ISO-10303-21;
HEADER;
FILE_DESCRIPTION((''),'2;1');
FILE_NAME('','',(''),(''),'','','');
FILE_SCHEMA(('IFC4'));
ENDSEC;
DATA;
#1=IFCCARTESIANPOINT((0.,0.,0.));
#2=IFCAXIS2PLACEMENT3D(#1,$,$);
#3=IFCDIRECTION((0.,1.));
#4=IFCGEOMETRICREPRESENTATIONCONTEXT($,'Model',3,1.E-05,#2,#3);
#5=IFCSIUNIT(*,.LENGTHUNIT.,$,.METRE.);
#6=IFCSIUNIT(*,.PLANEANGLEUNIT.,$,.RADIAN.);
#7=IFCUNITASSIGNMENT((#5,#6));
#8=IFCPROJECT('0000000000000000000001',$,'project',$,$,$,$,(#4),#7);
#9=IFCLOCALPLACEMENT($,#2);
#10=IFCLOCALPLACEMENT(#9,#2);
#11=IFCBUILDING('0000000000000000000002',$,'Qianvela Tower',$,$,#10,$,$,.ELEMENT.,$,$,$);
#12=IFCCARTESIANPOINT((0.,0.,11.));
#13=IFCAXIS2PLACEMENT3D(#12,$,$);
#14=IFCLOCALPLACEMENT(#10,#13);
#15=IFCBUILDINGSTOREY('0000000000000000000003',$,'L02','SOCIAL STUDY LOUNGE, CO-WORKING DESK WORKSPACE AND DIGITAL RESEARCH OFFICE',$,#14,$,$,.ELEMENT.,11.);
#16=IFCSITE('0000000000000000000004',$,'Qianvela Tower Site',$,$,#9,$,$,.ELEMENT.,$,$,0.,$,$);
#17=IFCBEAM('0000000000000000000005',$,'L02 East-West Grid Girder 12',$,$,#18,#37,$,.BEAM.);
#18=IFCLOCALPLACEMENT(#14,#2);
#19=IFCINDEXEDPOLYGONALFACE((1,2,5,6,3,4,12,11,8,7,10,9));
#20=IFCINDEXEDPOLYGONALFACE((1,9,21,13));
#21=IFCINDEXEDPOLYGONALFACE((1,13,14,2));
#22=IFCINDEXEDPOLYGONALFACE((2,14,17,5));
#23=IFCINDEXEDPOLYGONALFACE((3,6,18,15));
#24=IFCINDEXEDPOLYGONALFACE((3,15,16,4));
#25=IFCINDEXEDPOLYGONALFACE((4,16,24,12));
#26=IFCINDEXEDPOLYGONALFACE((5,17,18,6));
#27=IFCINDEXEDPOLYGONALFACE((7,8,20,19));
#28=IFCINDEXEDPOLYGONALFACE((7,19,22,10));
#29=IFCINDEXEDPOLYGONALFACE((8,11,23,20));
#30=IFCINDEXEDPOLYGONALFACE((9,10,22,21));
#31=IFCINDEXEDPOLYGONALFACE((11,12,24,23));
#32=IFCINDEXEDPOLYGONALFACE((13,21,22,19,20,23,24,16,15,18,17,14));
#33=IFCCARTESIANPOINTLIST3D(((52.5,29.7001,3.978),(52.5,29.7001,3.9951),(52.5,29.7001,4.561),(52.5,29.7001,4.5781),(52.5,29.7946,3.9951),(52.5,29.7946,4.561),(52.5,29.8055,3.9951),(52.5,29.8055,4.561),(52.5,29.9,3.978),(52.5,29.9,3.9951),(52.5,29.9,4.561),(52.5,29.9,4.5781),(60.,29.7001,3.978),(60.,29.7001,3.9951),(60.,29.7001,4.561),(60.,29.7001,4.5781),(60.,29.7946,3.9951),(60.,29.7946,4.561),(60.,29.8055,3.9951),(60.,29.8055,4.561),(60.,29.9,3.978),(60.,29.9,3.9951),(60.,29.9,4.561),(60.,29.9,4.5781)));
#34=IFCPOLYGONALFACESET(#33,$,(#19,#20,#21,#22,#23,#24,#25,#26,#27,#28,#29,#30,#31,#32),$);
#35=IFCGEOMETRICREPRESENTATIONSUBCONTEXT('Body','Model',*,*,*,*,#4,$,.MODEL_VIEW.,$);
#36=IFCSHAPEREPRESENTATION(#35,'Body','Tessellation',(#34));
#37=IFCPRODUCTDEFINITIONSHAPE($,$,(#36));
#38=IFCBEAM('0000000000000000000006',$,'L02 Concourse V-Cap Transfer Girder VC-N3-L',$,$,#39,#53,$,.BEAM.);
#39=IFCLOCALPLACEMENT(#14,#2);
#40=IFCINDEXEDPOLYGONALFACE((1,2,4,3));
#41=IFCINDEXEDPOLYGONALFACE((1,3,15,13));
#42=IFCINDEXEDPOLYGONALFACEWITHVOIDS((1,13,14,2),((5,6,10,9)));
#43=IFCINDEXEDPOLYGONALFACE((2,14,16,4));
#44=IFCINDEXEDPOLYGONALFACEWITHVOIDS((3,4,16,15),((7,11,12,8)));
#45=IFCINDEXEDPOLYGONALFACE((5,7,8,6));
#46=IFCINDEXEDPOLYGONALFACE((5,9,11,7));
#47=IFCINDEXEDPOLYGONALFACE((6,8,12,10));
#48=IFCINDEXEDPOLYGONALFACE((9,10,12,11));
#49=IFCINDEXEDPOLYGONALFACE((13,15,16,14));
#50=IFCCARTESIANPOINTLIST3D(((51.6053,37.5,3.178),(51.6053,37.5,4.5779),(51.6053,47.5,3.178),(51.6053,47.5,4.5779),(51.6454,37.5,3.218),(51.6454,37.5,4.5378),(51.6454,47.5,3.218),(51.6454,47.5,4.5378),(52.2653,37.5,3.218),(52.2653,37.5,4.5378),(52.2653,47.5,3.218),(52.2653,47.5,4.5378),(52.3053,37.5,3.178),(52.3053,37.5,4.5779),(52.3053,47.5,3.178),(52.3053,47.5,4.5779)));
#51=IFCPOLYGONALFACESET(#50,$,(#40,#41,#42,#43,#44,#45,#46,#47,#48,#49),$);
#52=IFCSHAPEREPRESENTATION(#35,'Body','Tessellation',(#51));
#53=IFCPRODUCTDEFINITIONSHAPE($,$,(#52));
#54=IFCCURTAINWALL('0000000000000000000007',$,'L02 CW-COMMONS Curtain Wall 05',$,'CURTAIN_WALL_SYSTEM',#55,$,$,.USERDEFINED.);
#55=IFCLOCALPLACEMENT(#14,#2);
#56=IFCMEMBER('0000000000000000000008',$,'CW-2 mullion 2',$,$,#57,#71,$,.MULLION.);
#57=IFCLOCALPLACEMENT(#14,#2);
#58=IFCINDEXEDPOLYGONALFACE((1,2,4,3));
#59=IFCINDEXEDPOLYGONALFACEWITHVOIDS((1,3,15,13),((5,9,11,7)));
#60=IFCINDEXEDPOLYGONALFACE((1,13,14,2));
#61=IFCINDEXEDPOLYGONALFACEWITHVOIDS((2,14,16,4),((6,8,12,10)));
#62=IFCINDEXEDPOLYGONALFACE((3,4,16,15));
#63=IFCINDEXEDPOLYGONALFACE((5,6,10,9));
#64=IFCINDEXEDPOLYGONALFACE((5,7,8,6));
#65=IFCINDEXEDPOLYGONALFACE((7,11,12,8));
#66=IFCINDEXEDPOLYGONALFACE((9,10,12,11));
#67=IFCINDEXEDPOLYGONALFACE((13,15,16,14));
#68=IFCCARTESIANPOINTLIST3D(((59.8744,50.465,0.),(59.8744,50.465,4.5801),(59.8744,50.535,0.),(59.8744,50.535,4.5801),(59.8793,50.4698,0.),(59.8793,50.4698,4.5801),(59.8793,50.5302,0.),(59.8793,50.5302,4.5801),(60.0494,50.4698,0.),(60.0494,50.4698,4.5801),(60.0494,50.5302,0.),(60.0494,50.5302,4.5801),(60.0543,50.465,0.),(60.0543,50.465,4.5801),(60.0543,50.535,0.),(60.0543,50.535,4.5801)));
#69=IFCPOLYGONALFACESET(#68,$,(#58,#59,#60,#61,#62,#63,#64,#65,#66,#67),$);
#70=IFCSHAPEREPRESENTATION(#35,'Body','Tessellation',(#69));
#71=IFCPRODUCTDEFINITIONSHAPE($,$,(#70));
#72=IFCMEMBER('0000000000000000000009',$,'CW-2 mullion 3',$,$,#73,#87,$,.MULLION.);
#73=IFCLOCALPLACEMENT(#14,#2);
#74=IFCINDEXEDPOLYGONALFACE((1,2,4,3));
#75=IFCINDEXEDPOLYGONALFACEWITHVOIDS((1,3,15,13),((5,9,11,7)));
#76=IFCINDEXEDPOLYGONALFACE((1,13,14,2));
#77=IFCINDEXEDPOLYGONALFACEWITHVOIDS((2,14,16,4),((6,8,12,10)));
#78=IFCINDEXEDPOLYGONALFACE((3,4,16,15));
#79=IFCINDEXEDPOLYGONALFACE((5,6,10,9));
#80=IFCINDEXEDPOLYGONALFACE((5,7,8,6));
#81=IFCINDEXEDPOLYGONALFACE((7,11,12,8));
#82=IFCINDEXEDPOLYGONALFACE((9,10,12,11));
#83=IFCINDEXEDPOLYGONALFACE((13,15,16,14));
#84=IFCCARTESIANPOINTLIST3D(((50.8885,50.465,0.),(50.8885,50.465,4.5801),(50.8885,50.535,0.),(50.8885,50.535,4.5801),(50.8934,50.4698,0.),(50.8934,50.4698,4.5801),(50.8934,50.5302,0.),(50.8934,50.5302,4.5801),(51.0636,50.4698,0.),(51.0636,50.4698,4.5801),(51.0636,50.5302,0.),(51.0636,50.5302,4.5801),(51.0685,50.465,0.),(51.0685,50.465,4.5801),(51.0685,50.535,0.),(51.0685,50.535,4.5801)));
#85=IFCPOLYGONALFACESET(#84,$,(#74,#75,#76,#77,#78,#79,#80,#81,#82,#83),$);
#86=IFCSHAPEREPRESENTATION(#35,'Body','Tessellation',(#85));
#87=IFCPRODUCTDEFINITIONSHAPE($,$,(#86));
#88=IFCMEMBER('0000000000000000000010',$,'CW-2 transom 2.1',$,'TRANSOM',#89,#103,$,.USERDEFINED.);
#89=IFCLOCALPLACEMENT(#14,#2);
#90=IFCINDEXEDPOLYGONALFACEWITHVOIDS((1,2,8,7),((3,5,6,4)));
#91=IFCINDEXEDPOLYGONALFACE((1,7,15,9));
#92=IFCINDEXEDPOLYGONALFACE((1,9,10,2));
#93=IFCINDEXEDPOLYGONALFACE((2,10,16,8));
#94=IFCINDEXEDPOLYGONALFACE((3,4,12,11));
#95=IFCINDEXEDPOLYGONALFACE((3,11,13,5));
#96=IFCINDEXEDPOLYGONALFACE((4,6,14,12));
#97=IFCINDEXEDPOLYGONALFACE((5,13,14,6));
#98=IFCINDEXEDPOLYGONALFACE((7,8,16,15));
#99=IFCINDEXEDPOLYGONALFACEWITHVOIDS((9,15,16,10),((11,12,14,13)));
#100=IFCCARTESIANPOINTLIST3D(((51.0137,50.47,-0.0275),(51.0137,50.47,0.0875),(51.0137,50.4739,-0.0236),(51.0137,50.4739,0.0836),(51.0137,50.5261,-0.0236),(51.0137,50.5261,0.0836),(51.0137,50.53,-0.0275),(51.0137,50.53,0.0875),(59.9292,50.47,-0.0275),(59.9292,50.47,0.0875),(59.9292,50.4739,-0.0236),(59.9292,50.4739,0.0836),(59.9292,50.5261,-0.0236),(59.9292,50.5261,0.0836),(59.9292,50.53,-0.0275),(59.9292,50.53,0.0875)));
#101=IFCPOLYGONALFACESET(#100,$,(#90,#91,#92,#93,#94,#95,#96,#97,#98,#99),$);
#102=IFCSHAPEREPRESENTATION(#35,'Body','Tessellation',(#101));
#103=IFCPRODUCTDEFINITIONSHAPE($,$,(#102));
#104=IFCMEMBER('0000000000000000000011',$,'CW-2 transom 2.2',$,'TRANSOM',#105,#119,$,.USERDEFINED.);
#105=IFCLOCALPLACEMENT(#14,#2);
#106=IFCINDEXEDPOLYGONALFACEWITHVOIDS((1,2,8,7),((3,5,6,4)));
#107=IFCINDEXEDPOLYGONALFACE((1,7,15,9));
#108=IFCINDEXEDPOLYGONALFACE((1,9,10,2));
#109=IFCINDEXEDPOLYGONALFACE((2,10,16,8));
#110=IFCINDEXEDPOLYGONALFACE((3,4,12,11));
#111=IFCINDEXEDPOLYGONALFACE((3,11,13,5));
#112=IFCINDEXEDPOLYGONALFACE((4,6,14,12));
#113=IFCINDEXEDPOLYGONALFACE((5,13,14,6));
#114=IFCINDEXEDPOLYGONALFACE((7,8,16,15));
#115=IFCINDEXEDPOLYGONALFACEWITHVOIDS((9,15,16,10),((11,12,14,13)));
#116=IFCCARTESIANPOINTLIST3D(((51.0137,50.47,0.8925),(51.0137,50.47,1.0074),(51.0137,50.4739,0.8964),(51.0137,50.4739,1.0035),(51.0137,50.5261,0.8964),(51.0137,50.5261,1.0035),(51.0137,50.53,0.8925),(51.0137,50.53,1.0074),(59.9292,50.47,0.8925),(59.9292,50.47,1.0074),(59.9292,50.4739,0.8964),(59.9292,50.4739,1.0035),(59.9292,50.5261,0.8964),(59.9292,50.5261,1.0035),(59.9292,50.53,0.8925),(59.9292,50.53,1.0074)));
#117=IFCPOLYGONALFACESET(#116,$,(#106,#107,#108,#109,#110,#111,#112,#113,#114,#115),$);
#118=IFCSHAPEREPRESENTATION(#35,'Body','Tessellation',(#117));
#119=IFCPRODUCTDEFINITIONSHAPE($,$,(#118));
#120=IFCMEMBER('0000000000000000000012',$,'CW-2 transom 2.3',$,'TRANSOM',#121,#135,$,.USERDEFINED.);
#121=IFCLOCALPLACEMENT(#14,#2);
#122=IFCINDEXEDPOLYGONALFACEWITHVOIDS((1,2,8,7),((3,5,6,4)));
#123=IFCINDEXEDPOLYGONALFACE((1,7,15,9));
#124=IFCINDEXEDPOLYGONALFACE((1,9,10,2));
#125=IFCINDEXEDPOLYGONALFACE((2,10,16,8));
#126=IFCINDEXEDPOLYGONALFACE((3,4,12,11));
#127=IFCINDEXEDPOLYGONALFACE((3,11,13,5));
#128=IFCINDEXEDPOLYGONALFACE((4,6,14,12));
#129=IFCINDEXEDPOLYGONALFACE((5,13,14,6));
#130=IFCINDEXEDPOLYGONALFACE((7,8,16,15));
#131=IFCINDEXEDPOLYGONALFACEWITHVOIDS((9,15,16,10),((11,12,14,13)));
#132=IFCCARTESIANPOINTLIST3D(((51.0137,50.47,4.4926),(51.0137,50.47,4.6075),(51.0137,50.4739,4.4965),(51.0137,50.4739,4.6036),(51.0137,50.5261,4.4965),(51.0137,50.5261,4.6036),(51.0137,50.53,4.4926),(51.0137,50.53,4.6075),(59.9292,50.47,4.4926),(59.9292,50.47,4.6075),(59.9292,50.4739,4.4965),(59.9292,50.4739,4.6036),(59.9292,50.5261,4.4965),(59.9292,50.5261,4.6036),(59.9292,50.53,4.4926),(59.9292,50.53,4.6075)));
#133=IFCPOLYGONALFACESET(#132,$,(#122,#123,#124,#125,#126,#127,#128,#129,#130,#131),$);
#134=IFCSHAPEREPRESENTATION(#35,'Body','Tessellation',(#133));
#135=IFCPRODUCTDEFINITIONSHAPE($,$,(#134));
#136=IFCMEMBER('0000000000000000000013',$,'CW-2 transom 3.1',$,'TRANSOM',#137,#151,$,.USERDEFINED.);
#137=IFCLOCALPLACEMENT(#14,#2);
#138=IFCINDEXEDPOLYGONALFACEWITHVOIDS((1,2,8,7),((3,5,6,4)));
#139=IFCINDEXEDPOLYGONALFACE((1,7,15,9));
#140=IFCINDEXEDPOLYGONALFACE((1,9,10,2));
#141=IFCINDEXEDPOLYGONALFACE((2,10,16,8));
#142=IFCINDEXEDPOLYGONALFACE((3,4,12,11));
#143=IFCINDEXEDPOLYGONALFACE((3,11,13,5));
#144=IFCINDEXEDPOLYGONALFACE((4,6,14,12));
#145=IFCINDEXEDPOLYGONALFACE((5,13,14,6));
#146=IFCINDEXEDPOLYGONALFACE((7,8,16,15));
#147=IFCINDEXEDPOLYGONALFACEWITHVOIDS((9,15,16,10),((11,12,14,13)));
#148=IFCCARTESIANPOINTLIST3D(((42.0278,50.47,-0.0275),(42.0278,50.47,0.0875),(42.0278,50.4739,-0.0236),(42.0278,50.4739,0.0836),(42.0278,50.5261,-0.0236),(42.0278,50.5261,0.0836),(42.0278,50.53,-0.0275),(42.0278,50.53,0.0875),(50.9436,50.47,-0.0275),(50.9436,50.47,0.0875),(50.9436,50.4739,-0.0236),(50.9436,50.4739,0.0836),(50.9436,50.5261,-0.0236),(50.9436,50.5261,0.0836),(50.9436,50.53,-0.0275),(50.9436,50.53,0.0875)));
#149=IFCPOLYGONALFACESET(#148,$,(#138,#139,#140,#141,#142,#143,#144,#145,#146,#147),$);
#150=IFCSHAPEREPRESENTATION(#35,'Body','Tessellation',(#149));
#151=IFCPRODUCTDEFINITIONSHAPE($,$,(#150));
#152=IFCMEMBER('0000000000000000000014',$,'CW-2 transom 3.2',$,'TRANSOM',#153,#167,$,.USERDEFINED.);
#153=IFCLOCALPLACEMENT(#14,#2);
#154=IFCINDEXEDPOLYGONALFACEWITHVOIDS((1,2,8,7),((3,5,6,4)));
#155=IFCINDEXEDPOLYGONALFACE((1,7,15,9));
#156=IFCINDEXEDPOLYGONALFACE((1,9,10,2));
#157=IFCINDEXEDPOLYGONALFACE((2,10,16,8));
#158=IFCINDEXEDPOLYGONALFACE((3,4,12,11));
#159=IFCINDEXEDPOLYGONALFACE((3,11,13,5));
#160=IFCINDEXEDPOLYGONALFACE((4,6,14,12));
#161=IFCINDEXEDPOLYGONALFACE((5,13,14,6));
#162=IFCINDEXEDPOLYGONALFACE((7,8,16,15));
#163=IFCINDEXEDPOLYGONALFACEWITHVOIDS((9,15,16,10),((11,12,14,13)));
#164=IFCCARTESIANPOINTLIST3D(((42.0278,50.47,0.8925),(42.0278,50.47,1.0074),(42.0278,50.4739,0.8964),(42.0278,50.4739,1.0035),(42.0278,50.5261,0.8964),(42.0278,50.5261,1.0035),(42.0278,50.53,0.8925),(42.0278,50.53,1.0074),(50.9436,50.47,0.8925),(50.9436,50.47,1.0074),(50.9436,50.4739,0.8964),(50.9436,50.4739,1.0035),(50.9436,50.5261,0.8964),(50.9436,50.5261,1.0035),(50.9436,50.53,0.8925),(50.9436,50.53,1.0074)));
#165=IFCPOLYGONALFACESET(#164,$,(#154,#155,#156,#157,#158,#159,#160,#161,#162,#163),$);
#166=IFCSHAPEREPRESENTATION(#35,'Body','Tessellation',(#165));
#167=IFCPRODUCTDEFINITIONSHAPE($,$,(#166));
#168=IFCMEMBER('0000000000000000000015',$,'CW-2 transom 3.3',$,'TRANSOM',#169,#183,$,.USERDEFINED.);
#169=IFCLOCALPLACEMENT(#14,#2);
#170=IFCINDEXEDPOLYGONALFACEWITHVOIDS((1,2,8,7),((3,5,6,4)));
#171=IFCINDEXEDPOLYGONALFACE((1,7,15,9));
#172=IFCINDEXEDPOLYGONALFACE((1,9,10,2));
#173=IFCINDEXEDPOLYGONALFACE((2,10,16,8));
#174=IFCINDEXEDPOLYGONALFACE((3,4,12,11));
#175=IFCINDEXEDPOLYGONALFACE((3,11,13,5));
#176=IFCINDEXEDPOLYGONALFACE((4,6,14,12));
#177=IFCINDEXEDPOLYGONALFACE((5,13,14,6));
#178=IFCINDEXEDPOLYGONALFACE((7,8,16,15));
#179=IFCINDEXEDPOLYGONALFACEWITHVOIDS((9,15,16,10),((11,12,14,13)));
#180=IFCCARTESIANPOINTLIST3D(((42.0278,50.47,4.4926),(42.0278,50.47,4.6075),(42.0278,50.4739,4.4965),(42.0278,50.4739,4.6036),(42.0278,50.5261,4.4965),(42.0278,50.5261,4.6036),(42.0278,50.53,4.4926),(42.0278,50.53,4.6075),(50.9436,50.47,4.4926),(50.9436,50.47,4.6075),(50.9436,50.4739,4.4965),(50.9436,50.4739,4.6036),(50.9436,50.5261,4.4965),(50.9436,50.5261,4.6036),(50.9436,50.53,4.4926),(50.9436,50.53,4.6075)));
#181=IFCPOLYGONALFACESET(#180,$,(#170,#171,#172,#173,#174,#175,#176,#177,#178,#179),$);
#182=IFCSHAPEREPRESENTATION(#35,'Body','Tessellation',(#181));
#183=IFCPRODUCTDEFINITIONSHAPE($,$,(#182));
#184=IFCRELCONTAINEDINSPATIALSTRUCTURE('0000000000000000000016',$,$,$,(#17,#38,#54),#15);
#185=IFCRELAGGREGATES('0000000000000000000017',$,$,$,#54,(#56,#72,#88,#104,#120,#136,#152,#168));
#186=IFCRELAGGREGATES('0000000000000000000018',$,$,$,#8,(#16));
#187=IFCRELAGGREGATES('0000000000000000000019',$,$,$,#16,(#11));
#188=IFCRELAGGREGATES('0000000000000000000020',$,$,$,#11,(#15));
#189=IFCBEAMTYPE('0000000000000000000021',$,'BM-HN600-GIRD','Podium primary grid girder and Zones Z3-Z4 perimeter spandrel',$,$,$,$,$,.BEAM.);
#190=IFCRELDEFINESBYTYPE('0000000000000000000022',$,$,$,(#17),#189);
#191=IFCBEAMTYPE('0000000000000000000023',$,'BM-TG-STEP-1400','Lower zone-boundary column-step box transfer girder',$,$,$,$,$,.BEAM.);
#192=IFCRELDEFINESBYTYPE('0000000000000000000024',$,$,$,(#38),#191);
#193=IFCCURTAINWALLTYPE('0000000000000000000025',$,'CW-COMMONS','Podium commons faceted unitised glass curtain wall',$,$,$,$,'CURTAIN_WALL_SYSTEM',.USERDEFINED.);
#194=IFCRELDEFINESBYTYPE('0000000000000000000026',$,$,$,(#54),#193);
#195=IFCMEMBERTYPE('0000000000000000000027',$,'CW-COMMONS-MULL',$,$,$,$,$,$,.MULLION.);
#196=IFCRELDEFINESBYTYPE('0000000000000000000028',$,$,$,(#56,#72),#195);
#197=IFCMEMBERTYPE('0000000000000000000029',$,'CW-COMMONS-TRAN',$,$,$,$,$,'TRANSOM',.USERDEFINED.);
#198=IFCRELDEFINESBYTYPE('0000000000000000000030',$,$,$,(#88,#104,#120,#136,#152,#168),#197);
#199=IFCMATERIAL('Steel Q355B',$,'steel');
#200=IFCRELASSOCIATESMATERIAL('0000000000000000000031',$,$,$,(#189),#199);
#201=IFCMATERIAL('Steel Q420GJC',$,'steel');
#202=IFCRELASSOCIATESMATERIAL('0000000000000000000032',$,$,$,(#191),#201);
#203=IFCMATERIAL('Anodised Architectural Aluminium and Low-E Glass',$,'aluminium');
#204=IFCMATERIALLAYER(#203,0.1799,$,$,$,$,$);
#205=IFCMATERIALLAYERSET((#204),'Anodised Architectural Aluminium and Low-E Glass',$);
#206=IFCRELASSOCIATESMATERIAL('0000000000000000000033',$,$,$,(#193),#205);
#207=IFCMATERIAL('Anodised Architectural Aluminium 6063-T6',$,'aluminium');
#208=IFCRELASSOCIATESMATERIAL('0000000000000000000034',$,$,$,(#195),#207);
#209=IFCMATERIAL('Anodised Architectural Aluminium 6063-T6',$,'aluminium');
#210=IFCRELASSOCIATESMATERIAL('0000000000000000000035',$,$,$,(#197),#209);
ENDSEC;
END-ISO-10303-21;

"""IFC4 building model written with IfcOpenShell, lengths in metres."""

from ifc_helpers import new_model, si_unit, direction, frame, origin, origin_2d, place, context, subcontext, project, spatial, hollow_rectangle, i_section, extrude, material, layer, layer_set, material_profile, profile_set, type_object, element, aggregate, save


model = new_model("IFC4")

# Units and contexts
model_context = context("Model", 3, precision=1e-05, world=origin(), true_north=direction((0.0, 1.0)))
body_context = subcontext(model_context, "Body", "Model", "MODEL_VIEW")
ifc_project = project(units=[si_unit("LENGTHUNIT", "METRE"), si_unit("PLANEANGLEUNIT", "RADIAN")], contexts=[model_context])

# Site, building, storey
site_placement = place(None, origin())
site = spatial("IfcSite", under=ifc_project, at=site_placement, Name="Qianvela Tower Site", CompositionType="ELEMENT", RefElevation=0.0)
building_placement = place(site_placement, origin())
building = spatial("IfcBuilding", under=site, at=building_placement, Name="Qianvela Tower", CompositionType="ELEMENT")
storey_placement = place(building_placement, frame((0.0, 0.0, 11.0)))
storey = spatial("IfcBuildingStorey", under=building, at=storey_placement, Name="L02", Description="SOCIAL STUDY LOUNGE, CO-WORKING DESK WORKSPACE AND DIGITAL RESEARCH OFFICE", CompositionType="ELEMENT", Elevation=11.0)

# Beams
ifc_material_1 = material(Name="Steel Q355B", Category="steel")
ifc_material_profile_1 = material_profile(ifc_material_1, i_section(OverallWidth=0.2, OverallDepth=0.6001, WebThickness=0.011, FlangeThickness=0.0171, at=origin_2d()), Name="HN600x200x11x17")
ifc_profile_set_1 = profile_set([ifc_material_profile_1], Name="Steel Q355B")
beam_type_1 = type_object("IfcBeamType", Name="BM-HN600-GIRD", Description="Podium primary grid girder and Zones Z3-Z4 perimeter spandrel", PredefinedType="BEAM", material=ifc_profile_set_1)
for number, where, z_axis, x_axis, name in (
    (1, (52.5, 29.8, 4.2781), (1.0, 0.0, 0.0), (0.0, 1.0, 0.0), "L02 East-West Grid Girder 12"),
):
    element("IfcBeam", number, at=place(storey_placement, frame(where, z_axis=z_axis, x_axis=x_axis)), inside=storey, type_object=beam_type_1, Name=name, PredefinedType="BEAM", context=body_context, shape_type="SweptSolid", body=[
        extrude(i_section(OverallWidth=0.2, OverallDepth=0.6001, WebThickness=0.011, FlangeThickness=0.0171, at=origin_2d()), origin(), (0.0, 0.0, 1.0), 7.5),
    ])
ifc_material_2 = material(Name="Steel Q420GJC", Category="steel")
ifc_material_profile_2 = material_profile(ifc_material_2, hollow_rectangle(XDim=0.7, YDim=1.3999, WallThickness=0.04, at=origin_2d()), Name="TG-BOX-1400x700x40")
ifc_profile_set_2 = profile_set([ifc_material_profile_2], Name="Steel Q420GJC")
beam_type_2 = type_object("IfcBeamType", Name="BM-TG-STEP-1400", Description="Lower zone-boundary column-step box transfer girder", PredefinedType="BEAM", material=ifc_profile_set_2)
beam_placement = place(storey_placement, frame((51.9553, 37.5, 3.8779), z_axis=(0.0, 1.0, 0.0), x_axis=(-1.0, 0.0, 0.0)))
element("IfcBeam", 2, at=beam_placement, inside=storey, type_object=beam_type_2, Name="L02 Concourse V-Cap Transfer Girder VC-N3-L", PredefinedType="BEAM", context=body_context, shape_type="SweptSolid", body=[
    extrude(hollow_rectangle(XDim=0.7, YDim=1.3999, WallThickness=0.04, at=origin_2d()), origin(), (0.0, 0.0, 1.0), 10.0),
])

# Curtain wall, members
ifc_material_3 = material(Name="Anodised Architectural Aluminium and Low-E Glass", Category="aluminium")
ifc_layer_1 = layer(ifc_material_3, 0.1799)
ifc_layer_set_1 = layer_set([ifc_layer_1], Name="Anodised Architectural Aluminium and Low-E Glass")
curtain_wall_type = type_object("IfcCurtainWallType", Name="CW-COMMONS", Description="Podium commons faceted unitised glass curtain wall", ElementType="CURTAIN_WALL_SYSTEM", PredefinedType="USERDEFINED", material=ifc_layer_set_1)
curtain_wall_placement = place(storey_placement, origin())
curtain_wall = element("IfcCurtainWall", 3, at=curtain_wall_placement, inside=storey, type_object=curtain_wall_type, Name="L02 CW-COMMONS Curtain Wall 05", ObjectType="CURTAIN_WALL_SYSTEM", PredefinedType="USERDEFINED")
ifc_material_4 = material(Name="Anodised Architectural Aluminium 6063-T6", Category="aluminium")
ifc_material_profile_3 = material_profile(ifc_material_4, hollow_rectangle(XDim=0.0701, YDim=0.1799, WallThickness=0.0049, at=origin_2d()), Name="ALU-MULL-70x180")
ifc_profile_set_3 = profile_set([ifc_material_profile_3], Name="Anodised Architectural Aluminium 6063-T6")
member_type_1 = type_object("IfcMemberType", Name="CW-COMMONS-MULL", PredefinedType="MULLION", material=ifc_profile_set_3)
member_1_placement = place(storey_placement, frame((59.9644, 50.5, 0.0), z_axis=(0.0, 0.0, 1.0), x_axis=(0.0, -1.0, 0.0)))
member_1 = element("IfcMember", 4, at=member_1_placement, type_object=member_type_1, Name="CW-2 mullion 2", PredefinedType="MULLION", context=body_context, shape_type="SweptSolid", body=[
    extrude(hollow_rectangle(XDim=0.0701, YDim=0.1799, WallThickness=0.0049, at=origin_2d()), origin(), (0.0, 0.0, 1.0), 4.5801),
])
member_2_placement = place(storey_placement, frame((50.9785, 50.5, 0.0), z_axis=(0.0, 0.0, 1.0), x_axis=(0.0, -1.0, 0.0)))
member_2 = element("IfcMember", 5, at=member_2_placement, type_object=member_type_1, Name="CW-2 mullion 3", PredefinedType="MULLION", context=body_context, shape_type="SweptSolid", body=[
    extrude(hollow_rectangle(XDim=0.0701, YDim=0.1799, WallThickness=0.0049, at=origin_2d()), origin(), (0.0, 0.0, 1.0), 4.5801),
])
ifc_material_5 = material(Name="Anodised Architectural Aluminium 6063-T6", Category="aluminium")
ifc_material_profile_4 = material_profile(ifc_material_5, hollow_rectangle(XDim=0.0601, YDim=0.115, WallThickness=0.0039, at=origin_2d()), Name="ALU-TRAN-60x115")
ifc_profile_set_4 = profile_set([ifc_material_profile_4], Name="Anodised Architectural Aluminium 6063-T6")
member_type_2 = type_object("IfcMemberType", Name="CW-COMMONS-TRAN", ElementType="TRANSOM", PredefinedType="USERDEFINED", material=ifc_profile_set_4)
member_3_placement = place(storey_placement, frame((59.9292, 50.5, 0.03), z_axis=(-1.0, 0.0, 0.0), x_axis=(0.0, -1.0, 0.0)))
member_3 = element("IfcMember", 6, at=member_3_placement, type_object=member_type_2, Name="CW-2 transom 2.1", ObjectType="TRANSOM", PredefinedType="USERDEFINED", context=body_context, shape_type="SweptSolid", body=[
    extrude(hollow_rectangle(XDim=0.0601, YDim=0.115, WallThickness=0.0039, at=origin_2d()), origin(), (0.0, 0.0, 1.0), 8.9155),
])
member_4_placement = place(storey_placement, frame((59.9292, 50.5, 0.95), z_axis=(-1.0, 0.0, 0.0), x_axis=(0.0, -1.0, 0.0)))
member_4 = element("IfcMember", 7, at=member_4_placement, type_object=member_type_2, Name="CW-2 transom 2.2", ObjectType="TRANSOM", PredefinedType="USERDEFINED", context=body_context, shape_type="SweptSolid", body=[
    extrude(hollow_rectangle(XDim=0.0601, YDim=0.115, WallThickness=0.0039, at=origin_2d()), origin(), (0.0, 0.0, 1.0), 8.9155),
])
member_5_placement = place(storey_placement, frame((59.9292, 50.5, 4.55), z_axis=(-1.0, 0.0, 0.0), x_axis=(0.0, -1.0, 0.0)))
member_5 = element("IfcMember", 8, at=member_5_placement, type_object=member_type_2, Name="CW-2 transom 2.3", ObjectType="TRANSOM", PredefinedType="USERDEFINED", context=body_context, shape_type="SweptSolid", body=[
    extrude(hollow_rectangle(XDim=0.0601, YDim=0.115, WallThickness=0.0039, at=origin_2d()), origin(), (0.0, 0.0, 1.0), 8.9155),
])
member_6_placement = place(storey_placement, frame((50.9436, 50.5, 0.03), z_axis=(-1.0, 0.0, 0.0), x_axis=(0.0, -1.0, 0.0)))
member_6 = element("IfcMember", 9, at=member_6_placement, type_object=member_type_2, Name="CW-2 transom 3.1", ObjectType="TRANSOM", PredefinedType="USERDEFINED", context=body_context, shape_type="SweptSolid", body=[
    extrude(hollow_rectangle(XDim=0.0601, YDim=0.115, WallThickness=0.0039, at=origin_2d()), origin(), (0.0, 0.0, 1.0), 8.9158),
])
member_7_placement = place(storey_placement, frame((50.9436, 50.5, 0.95), z_axis=(-1.0, 0.0, 0.0), x_axis=(0.0, -1.0, 0.0)))
member_7 = element("IfcMember", 10, at=member_7_placement, type_object=member_type_2, Name="CW-2 transom 3.2", ObjectType="TRANSOM", PredefinedType="USERDEFINED", context=body_context, shape_type="SweptSolid", body=[
    extrude(hollow_rectangle(XDim=0.0601, YDim=0.115, WallThickness=0.0039, at=origin_2d()), origin(), (0.0, 0.0, 1.0), 8.9158),
])
member_8_placement = place(storey_placement, frame((50.9436, 50.5, 4.55), z_axis=(-1.0, 0.0, 0.0), x_axis=(0.0, -1.0, 0.0)))
member_8 = element("IfcMember", 11, at=member_8_placement, type_object=member_type_2, Name="CW-2 transom 3.3", ObjectType="TRANSOM", PredefinedType="USERDEFINED", context=body_context, shape_type="SweptSolid", body=[
    extrude(hollow_rectangle(XDim=0.0601, YDim=0.115, WallThickness=0.0039, at=origin_2d()), origin(), (0.0, 0.0, 1.0), 8.9158),
])

aggregate(curtain_wall, [member_1, member_2, member_3, member_4, member_5, member_6, member_7, member_8])

save(model, "model.ifc")
